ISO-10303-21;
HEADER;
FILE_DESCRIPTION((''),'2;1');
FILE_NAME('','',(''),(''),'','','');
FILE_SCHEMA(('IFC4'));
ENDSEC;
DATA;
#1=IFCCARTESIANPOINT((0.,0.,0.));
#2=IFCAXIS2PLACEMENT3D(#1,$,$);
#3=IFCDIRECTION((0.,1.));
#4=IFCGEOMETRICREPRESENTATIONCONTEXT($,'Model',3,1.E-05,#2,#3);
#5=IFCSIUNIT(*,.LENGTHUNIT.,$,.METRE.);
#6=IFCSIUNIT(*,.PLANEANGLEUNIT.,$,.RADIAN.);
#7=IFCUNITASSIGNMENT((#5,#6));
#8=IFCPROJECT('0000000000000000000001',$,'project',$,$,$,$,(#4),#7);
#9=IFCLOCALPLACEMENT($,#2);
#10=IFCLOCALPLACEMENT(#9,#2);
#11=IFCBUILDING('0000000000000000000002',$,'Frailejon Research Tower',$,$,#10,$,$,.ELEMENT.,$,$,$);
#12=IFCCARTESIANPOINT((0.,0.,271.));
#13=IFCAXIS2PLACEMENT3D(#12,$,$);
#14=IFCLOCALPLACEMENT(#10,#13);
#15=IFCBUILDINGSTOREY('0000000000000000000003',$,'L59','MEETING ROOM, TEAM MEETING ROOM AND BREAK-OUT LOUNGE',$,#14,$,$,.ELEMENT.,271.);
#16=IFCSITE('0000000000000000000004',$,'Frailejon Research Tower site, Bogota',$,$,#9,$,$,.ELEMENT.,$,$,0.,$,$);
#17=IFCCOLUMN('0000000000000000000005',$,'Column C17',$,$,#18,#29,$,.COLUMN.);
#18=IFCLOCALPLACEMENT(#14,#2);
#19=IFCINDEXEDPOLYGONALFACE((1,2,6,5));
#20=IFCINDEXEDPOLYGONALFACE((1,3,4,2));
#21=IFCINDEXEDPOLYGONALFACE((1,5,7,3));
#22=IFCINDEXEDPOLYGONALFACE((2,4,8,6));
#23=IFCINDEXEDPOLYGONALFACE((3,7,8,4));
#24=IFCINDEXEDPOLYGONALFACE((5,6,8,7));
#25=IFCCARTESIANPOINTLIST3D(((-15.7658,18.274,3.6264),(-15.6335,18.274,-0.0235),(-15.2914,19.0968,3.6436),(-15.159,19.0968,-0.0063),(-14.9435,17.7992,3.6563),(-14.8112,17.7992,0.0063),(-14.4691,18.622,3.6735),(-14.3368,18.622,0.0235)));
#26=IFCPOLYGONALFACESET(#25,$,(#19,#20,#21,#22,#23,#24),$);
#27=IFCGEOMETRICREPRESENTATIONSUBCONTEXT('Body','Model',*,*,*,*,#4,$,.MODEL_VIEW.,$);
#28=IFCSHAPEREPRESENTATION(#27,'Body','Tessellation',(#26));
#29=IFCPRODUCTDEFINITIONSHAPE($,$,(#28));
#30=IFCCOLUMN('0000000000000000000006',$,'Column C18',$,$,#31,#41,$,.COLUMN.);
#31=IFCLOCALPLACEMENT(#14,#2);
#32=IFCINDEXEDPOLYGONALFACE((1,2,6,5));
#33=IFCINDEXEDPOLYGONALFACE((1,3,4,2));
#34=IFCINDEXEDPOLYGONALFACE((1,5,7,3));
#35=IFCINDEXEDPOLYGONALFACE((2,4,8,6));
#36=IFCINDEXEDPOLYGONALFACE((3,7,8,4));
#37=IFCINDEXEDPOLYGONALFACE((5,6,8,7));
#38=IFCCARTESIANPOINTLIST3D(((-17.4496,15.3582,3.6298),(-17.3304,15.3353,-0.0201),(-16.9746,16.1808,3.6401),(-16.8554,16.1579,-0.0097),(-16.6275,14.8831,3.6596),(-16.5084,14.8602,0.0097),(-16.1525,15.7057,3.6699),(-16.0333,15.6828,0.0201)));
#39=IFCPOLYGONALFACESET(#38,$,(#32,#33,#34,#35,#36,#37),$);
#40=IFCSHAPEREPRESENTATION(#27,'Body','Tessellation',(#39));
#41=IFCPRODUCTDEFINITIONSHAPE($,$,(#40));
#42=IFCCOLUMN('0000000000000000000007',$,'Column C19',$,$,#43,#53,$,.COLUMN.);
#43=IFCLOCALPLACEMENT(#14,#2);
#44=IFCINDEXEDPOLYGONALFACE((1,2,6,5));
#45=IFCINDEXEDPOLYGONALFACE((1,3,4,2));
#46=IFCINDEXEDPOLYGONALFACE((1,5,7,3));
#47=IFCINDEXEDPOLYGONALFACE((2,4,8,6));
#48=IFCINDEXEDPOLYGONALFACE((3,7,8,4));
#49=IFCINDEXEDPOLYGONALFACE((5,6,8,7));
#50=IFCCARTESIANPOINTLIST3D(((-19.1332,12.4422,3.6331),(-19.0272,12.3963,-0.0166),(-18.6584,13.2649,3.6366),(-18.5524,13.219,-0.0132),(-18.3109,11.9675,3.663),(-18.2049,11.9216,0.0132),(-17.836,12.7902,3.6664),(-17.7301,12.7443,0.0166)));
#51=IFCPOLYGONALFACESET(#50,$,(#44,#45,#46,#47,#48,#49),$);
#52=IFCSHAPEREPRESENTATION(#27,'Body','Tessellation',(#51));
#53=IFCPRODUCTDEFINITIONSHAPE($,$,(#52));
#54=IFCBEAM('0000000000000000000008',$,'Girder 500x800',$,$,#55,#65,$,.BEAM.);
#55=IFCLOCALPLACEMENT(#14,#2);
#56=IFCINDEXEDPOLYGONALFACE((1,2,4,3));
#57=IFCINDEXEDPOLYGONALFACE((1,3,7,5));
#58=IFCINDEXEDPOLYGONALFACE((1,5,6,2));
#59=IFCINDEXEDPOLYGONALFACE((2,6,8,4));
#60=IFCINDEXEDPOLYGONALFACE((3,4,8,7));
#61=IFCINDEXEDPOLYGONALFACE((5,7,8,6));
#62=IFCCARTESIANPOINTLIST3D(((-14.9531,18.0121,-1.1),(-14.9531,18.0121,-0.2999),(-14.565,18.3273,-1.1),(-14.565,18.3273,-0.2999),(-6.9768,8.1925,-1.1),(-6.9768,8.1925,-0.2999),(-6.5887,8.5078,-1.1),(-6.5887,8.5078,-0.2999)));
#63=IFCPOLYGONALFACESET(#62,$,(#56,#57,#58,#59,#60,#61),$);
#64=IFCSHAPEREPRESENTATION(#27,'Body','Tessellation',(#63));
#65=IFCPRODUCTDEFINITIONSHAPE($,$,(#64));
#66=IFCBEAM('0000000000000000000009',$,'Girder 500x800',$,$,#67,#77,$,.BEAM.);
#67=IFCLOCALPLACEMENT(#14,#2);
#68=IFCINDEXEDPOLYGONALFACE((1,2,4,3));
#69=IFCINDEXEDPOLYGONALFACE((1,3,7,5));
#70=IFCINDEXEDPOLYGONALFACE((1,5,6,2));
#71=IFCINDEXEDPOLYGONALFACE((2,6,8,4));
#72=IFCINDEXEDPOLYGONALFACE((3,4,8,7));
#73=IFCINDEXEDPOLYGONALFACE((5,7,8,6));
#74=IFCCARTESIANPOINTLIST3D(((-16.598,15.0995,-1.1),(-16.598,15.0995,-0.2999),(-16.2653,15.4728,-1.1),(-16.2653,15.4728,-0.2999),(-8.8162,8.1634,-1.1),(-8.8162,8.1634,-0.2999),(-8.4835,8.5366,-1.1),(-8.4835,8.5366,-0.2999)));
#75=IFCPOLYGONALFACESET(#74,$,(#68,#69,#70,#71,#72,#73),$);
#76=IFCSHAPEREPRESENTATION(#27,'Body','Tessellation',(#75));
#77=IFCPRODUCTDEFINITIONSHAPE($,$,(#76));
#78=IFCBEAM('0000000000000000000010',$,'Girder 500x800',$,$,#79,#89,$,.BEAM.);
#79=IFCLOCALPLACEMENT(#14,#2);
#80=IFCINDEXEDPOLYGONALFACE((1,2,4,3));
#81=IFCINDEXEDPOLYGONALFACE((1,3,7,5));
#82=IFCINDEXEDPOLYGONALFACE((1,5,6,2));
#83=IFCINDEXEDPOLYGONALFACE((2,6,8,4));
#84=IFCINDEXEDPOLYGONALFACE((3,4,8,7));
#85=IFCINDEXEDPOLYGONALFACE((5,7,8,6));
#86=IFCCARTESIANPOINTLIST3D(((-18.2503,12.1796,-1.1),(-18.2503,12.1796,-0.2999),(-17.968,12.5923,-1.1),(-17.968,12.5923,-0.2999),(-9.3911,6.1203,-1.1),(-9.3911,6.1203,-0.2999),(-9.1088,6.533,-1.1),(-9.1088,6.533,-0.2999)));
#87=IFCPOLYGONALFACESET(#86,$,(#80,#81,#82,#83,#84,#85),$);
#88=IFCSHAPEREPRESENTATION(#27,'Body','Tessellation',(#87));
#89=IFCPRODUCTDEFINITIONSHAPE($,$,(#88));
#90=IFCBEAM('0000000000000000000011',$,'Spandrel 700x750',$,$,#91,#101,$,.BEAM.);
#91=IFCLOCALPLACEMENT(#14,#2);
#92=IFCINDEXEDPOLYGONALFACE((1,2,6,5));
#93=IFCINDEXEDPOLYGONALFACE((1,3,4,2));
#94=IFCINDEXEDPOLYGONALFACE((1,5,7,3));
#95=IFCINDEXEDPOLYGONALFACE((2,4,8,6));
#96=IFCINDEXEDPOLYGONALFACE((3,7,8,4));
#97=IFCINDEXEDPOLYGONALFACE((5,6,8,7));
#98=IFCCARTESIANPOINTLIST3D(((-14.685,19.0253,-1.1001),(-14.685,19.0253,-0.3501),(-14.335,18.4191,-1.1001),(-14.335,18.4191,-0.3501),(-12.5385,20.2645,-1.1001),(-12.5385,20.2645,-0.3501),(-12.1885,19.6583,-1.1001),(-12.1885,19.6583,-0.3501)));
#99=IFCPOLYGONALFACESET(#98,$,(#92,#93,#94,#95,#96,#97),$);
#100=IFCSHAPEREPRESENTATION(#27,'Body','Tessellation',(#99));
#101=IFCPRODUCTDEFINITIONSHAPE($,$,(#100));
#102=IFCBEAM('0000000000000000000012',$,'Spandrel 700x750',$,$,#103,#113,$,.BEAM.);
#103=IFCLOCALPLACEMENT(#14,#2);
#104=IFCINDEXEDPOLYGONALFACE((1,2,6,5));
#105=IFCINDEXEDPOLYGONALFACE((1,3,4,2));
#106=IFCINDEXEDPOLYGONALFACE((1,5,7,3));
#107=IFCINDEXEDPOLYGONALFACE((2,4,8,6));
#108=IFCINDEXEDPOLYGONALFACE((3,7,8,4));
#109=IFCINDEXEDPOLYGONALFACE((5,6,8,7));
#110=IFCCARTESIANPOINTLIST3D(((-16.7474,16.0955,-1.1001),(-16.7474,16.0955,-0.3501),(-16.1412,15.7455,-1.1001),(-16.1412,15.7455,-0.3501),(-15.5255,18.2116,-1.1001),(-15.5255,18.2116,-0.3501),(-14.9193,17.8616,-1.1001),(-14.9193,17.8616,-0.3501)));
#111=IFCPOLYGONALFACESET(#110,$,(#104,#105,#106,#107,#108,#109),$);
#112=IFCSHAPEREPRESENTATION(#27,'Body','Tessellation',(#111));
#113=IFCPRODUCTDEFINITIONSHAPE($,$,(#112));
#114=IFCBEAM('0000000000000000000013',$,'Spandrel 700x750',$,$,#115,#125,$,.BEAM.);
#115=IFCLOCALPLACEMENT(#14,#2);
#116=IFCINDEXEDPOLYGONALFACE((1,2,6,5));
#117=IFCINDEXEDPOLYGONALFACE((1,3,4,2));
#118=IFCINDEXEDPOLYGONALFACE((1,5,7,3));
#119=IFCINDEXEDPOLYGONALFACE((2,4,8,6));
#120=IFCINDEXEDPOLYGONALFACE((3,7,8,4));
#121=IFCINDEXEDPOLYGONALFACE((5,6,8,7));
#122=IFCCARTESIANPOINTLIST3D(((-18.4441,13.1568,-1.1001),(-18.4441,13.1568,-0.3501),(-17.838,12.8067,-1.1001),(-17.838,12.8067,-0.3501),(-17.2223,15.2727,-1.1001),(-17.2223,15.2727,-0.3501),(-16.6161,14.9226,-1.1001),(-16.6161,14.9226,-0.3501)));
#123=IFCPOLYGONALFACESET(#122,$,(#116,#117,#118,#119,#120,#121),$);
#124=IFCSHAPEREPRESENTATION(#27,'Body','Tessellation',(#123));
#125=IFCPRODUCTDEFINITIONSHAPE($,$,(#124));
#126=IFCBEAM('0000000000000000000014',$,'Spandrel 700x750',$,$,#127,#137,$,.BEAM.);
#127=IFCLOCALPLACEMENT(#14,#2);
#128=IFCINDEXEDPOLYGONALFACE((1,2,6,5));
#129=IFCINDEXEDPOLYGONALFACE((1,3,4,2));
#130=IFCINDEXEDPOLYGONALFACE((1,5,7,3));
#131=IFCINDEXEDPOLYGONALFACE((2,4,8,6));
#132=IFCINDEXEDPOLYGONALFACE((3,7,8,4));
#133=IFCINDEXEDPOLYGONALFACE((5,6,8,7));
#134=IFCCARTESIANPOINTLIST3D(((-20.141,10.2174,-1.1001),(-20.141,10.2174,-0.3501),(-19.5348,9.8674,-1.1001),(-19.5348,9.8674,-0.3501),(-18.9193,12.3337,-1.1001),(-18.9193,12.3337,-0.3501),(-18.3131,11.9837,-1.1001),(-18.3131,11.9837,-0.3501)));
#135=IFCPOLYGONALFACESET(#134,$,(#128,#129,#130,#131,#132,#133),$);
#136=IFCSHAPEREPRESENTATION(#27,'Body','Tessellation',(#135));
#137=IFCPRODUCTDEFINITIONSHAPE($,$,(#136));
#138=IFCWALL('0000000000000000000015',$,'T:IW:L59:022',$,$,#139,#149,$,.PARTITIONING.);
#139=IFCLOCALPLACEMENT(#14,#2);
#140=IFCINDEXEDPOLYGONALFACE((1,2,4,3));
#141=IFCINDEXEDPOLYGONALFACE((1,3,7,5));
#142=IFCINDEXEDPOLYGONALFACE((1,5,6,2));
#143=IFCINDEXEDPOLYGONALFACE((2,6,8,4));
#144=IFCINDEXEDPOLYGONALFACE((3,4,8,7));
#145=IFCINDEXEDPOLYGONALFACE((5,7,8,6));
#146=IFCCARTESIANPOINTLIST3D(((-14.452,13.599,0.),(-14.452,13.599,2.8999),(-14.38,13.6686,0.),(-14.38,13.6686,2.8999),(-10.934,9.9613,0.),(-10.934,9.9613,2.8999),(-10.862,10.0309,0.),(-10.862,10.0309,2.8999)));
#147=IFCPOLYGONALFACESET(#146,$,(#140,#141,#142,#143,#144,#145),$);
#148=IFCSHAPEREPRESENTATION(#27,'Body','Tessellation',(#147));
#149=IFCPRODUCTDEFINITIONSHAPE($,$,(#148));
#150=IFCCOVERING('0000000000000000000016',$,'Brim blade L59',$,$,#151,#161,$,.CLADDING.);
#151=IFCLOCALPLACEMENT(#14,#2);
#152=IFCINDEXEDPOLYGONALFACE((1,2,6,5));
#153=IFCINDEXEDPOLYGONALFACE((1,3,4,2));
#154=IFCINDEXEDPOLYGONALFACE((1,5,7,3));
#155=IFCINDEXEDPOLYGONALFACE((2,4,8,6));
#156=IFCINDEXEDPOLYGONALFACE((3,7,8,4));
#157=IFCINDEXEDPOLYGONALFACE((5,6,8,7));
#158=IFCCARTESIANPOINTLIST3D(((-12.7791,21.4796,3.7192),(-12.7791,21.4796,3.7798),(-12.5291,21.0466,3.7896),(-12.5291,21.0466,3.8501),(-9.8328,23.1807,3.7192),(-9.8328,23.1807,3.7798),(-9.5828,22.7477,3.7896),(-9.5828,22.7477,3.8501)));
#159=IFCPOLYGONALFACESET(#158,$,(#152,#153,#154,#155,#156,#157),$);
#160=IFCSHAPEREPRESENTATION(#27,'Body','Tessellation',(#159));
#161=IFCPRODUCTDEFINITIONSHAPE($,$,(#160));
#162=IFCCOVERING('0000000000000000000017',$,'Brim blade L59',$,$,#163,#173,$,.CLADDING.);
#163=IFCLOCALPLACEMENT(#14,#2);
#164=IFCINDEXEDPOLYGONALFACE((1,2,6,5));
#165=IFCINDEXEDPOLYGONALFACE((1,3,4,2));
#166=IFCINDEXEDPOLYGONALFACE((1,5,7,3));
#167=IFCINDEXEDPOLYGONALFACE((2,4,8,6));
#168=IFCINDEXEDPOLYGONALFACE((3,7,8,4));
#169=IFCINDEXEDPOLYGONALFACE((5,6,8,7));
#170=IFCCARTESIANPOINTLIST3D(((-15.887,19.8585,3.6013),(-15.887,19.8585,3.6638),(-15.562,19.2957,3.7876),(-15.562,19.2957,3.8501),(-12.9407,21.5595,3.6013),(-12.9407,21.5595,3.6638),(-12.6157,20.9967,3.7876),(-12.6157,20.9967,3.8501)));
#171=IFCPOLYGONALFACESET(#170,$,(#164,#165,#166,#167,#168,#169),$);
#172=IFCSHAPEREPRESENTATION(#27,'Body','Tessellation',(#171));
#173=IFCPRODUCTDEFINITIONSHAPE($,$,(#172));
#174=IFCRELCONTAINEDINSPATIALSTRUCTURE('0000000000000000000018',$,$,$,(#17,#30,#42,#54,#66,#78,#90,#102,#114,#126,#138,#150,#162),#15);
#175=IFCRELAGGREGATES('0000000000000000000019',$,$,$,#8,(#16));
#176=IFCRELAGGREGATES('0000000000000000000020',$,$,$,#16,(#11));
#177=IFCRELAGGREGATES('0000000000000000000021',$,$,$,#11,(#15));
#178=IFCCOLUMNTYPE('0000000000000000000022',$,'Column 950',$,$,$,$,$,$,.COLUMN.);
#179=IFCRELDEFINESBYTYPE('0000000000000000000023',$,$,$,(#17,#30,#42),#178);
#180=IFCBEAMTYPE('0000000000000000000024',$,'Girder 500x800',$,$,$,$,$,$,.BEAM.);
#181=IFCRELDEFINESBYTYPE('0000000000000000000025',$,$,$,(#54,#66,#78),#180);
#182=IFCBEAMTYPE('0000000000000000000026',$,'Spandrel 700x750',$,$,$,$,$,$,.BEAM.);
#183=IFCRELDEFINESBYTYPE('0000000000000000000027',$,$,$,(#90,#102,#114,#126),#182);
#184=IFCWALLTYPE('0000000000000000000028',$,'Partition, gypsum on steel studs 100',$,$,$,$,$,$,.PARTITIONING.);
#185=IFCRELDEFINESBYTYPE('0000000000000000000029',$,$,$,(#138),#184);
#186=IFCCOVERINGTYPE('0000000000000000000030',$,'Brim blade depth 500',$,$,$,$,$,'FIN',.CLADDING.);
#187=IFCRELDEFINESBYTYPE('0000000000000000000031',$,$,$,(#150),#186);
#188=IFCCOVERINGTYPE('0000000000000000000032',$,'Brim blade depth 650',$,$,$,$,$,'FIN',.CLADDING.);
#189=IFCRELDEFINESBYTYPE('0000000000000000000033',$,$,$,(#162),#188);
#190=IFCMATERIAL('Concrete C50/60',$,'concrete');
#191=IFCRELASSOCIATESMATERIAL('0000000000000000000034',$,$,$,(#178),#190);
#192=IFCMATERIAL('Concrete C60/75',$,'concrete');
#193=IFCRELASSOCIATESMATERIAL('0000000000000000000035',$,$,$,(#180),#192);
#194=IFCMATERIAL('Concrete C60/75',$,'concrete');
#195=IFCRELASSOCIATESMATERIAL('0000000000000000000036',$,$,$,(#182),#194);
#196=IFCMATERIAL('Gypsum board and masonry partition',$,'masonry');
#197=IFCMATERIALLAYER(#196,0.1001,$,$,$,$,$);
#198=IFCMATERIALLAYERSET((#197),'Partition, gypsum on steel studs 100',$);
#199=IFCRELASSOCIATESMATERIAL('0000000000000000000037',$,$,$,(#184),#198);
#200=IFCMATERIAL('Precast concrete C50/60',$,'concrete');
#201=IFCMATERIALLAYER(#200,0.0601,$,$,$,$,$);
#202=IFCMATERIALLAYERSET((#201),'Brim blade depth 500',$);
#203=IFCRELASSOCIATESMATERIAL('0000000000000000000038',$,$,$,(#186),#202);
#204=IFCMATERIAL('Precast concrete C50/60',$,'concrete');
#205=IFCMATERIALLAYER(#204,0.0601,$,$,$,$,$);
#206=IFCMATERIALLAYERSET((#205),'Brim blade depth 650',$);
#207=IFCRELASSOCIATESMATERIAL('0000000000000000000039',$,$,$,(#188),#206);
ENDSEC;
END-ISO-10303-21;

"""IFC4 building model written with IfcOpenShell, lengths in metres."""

from ifc_helpers import new_model, si_unit, direction, frame, frame_2d, origin, origin_2d, place, context, subcontext, project, spatial, polyline, rectangle, outline, extrude, material, layer, layer_set, material_profile, profile_set, type_object, element, save


model = new_model("IFC4")

# Units and contexts
model_context = context("Model", 3, precision=1e-05, world=origin(), true_north=direction((0.0, 1.0)))
body_context = subcontext(model_context, "Body", "Model", "MODEL_VIEW")
ifc_project = project(units=[si_unit("LENGTHUNIT", "METRE"), si_unit("PLANEANGLEUNIT", "RADIAN")], contexts=[model_context])

# Site, building, storey
site_placement = place(None, origin())
site = spatial("IfcSite", under=ifc_project, at=site_placement, Name="Frailejon Research Tower site, Bogota", CompositionType="ELEMENT", RefElevation=0.0)
building_placement = place(site_placement, origin())
building = spatial("IfcBuilding", under=site, at=building_placement, Name="Frailejon Research Tower", CompositionType="ELEMENT")
storey_placement = place(building_placement, frame((0.0, 0.0, 271.0)))
storey = spatial("IfcBuildingStorey", under=building, at=storey_placement, Name="L59", Description="MEETING ROOM, TEAM MEETING ROOM AND BREAK-OUT LOUNGE", CompositionType="ELEMENT", Elevation=271.0)

# Columns
ifc_material_1 = material(Name="Concrete C50/60", Category="concrete")
ifc_material_profile_1 = material_profile(ifc_material_1, rectangle(XDim=0.95, YDim=0.95, at=origin_2d()), Name="Column 950")
ifc_profile_set_1 = profile_set([ifc_material_profile_1], Name="Concrete C50/60")
column_type = type_object("IfcColumnType", Name="Column 950", PredefinedType="COLUMN", material=ifc_profile_set_1)
column_1_placement = place(storey_placement, frame((-14.9851, 18.448, 0.0), z_axis=(-0.03623, 0.0, 0.999343), x_axis=(-0.499425, -0.866168, -0.018106)))
element("IfcColumn", 1, at=column_1_placement, inside=storey, type_object=column_type, Name="Column C17", PredefinedType="COLUMN", context=body_context, shape_type="SweptSolid", body=[
    extrude(rectangle(XDim=0.95, YDim=0.95, at=origin_2d()), origin(), (0.0, 0.0, 1.0), 3.6523),
])
column_2_placement = place(storey_placement, frame((-16.6819, 15.509, 0.0), z_axis=(-0.032624, 0.006284, 0.999448), x_axis=(-0.500036, -0.865936, -0.010878)))
element("IfcColumn", 2, at=column_2_placement, inside=storey, type_object=column_type, Name="Column C18", PredefinedType="COLUMN", context=body_context, shape_type="SweptSolid", body=[
    extrude(rectangle(XDim=0.95, YDim=0.95, at=origin_2d()), origin(), (0.0, 0.0, 1.0), 3.6519),
])
column_3_placement = place(storey_placement, frame((-18.3787, 12.5703, 0.0), z_axis=(-0.029016, 0.012569, 0.9995), x_axis=(-0.499849, -0.866105, -0.003619)))
element("IfcColumn", 3, at=column_3_placement, inside=storey, type_object=column_type, Name="Column C19", PredefinedType="COLUMN", context=body_context, shape_type="SweptSolid", body=[
    extrude(rectangle(XDim=0.95, YDim=0.95, at=origin_2d()), origin(), (0.0, 0.0, 1.0), 3.6516),
])

# Beams
ifc_material_2 = material(Name="Concrete C60/75", Category="concrete")
ifc_material_profile_2 = material_profile(ifc_material_2, rectangle(XDim=0.5, YDim=0.8, at=origin_2d()), Name="Girder 500x800")
ifc_profile_set_2 = profile_set([ifc_material_profile_2], Name="Concrete C60/75")
beam_type_1 = type_object("IfcBeamType", Name="Girder 500x800", PredefinedType="BEAM", material=ifc_profile_set_2)
beam_1_placement = place(storey_placement, frame((-14.759, 18.1697, -0.7), z_axis=(0.630493, -0.776195, 0.0), x_axis=(0.776195, 0.630493, 0.0)))
element("IfcBeam", 4, at=beam_1_placement, inside=storey, type_object=beam_type_1, Name="Girder 500x800", PredefinedType="BEAM", context=body_context, shape_type="SweptSolid", body=[
    extrude(rectangle(XDim=0.5, YDim=0.8, at=origin_2d()), origin(), (0.0, 0.0, 1.0), 12.6509),
])
beam_2_placement = place(storey_placement, frame((-16.4316, 15.2861, -0.7), z_axis=(0.746507, -0.665378, 0.0), x_axis=(0.665378, 0.746507, 0.0)))
element("IfcBeam", 5, at=beam_2_placement, inside=storey, type_object=beam_type_1, Name="Girder 500x800", PredefinedType="BEAM", context=body_context, shape_type="SweptSolid", body=[
    extrude(rectangle(XDim=0.5, YDim=0.8, at=origin_2d()), origin(), (0.0, 0.0, 1.0), 10.4243),
])
beam_3_placement = place(storey_placement, frame((-18.1091, 12.386, -0.7), z_axis=(0.825402, -0.564545, 0.0), x_axis=(0.564545, 0.825402, 0.0)))
element("IfcBeam", 6, at=beam_3_placement, inside=storey, type_object=beam_type_1, Name="Girder 500x800", PredefinedType="BEAM", context=body_context, shape_type="SweptSolid", body=[
    extrude(rectangle(XDim=0.5, YDim=0.8, at=origin_2d()), origin(), (0.0, 0.0, 1.0), 10.7332),
])
ifc_material_3 = material(Name="Concrete C60/75", Category="concrete")
ifc_material_profile_3 = material_profile(ifc_material_3, rectangle(XDim=0.7, YDim=0.75, at=origin_2d()), Name="Spandrel 700x750")
ifc_profile_set_3 = profile_set([ifc_material_profile_3], Name="Concrete C60/75")
beam_type_2 = type_object("IfcBeamType", Name="Spandrel 700x750", PredefinedType="BEAM", material=ifc_profile_set_3)
beam_4_placement = place(storey_placement, frame((-12.3635, 19.9614, -0.7251), z_axis=(-0.866028, -0.499995, 0.0), x_axis=(0.499995, -0.866028, 0.0)))
element("IfcBeam", 7, at=beam_4_placement, inside=storey, type_object=beam_type_2, Name="Spandrel 700x750", PredefinedType="BEAM", context=body_context, shape_type="SweptSolid", body=[
    extrude(rectangle(XDim=0.7, YDim=0.75, at=origin_2d()), origin(), (0.0, 0.0, 1.0), 2.4785),
])
beam_5_placement = place(storey_placement, frame((-15.2224, 18.0366, -0.7251), z_axis=(-0.50004, -0.866003, 0.0), x_axis=(0.866003, -0.50004, 0.0)))
element("IfcBeam", 8, at=beam_5_placement, inside=storey, type_object=beam_type_2, Name="Spandrel 700x750", PredefinedType="BEAM", context=body_context, shape_type="SweptSolid", body=[
    extrude(rectangle(XDim=0.7, YDim=0.75, at=origin_2d()), origin(), (0.0, 0.0, 1.0), 2.4436),
])
beam_6_placement = place(storey_placement, frame((-16.9192, 15.0977, -0.7251), z_axis=(-0.500083, -0.865978, 0.0), x_axis=(0.865978, -0.500083, 0.0)))
element("IfcBeam", 9, at=beam_6_placement, inside=storey, type_object=beam_type_2, Name="Spandrel 700x750", PredefinedType="BEAM", context=body_context, shape_type="SweptSolid", body=[
    extrude(rectangle(XDim=0.7, YDim=0.75, at=origin_2d()), origin(), (0.0, 0.0, 1.0), 2.4434),
])
beam_7_placement = place(storey_placement, frame((-18.6162, 12.1587, -0.7251), z_axis=(-0.499965, -0.866046, 0.0), x_axis=(0.866046, -0.499965, 0.0)))
element("IfcBeam", 10, at=beam_7_placement, inside=storey, type_object=beam_type_2, Name="Spandrel 700x750", PredefinedType="BEAM", context=body_context, shape_type="SweptSolid", body=[
    extrude(rectangle(XDim=0.7, YDim=0.75, at=origin_2d()), origin(), (0.0, 0.0, 1.0), 2.4436),
])

# Wall
ifc_material_4 = material(Name="Gypsum board and masonry partition", Category="masonry")
ifc_layer_1 = layer(ifc_material_4, 0.1001)
ifc_layer_set_1 = layer_set([ifc_layer_1], Name="Partition, gypsum on steel studs 100")
wall_type_1 = type_object("IfcWallType", Name="Partition, gypsum on steel studs 100", PredefinedType="PARTITIONING", material=ifc_layer_set_1)
wall_1_placement = place(storey_placement, frame((-14.416, 13.6338, 0.0), z_axis=(0.0, 0.0, 1.0), x_axis=(0.695188, -0.718828, 0.0)))
element("IfcWall", 11, at=wall_1_placement, inside=storey, type_object=wall_type_1, Name="T:IW:L59:022", PredefinedType="PARTITIONING", context=body_context, shape_type="SweptSolid", body=[
    extrude(rectangle(XDim=5.0605, YDim=0.1001, at=frame_2d((2.5303, 0.0))), origin(), (0.0, 0.0, 1.0), 2.8999),
])

# Coverings
ifc_material_5 = material(Name="Precast concrete C50/60", Category="concrete")
ifc_layer_2 = layer(ifc_material_5, 0.0601)
ifc_layer_set_2 = layer_set([ifc_layer_2], Name="Brim blade depth 500")
covering_type_1 = type_object("IfcCoveringType", Name="Brim blade depth 500", ElementType="FIN", PredefinedType="CLADDING", material=ifc_layer_set_2)
covering_1_placement = place(storey_placement, frame((-12.5291, 21.0466, 3.8501), z_axis=(0.866024, 0.500003, 0.0), x_axis=(-0.500003, 0.866024, 0.0)))
element("IfcCovering", 12, at=covering_1_placement, inside=storey, type_object=covering_type_1, Name="Brim blade L59", PredefinedType="CLADDING", context=body_context, shape_type="SweptSolid", body=[
    extrude(outline(polyline([(0.0, -0.0605), (0.5, -0.1309), (0.5, -0.0703), (0.0, 0.0), (0.0, -0.0605)])), origin(), (0.0, 0.0, 1.0), 3.4021),
])
ifc_material_6 = material(Name="Precast concrete C50/60", Category="concrete")
ifc_layer_3 = layer(ifc_material_6, 0.0601)
ifc_layer_set_3 = layer_set([ifc_layer_3], Name="Brim blade depth 650")
covering_type_2 = type_object("IfcCoveringType", Name="Brim blade depth 650", ElementType="FIN", PredefinedType="CLADDING", material=ifc_layer_set_3)
covering_2_placement = place(storey_placement, frame((-15.562, 19.2957, 3.8501), z_axis=(0.866024, 0.500003, 0.0), x_axis=(-0.500003, 0.866024, 0.0)))
element("IfcCovering", 13, at=covering_2_placement, inside=storey, type_object=covering_type_2, Name="Brim blade L59", PredefinedType="CLADDING", context=body_context, shape_type="SweptSolid", body=[
    extrude(outline(polyline([(0.0, -0.0625), (0.6499, -0.2488), (0.6499, -0.1863), (0.0, 0.0), (0.0, -0.0625)])), origin(), (0.0, 0.0, 1.0), 3.4021),
])

save(model, "model.ifc")
